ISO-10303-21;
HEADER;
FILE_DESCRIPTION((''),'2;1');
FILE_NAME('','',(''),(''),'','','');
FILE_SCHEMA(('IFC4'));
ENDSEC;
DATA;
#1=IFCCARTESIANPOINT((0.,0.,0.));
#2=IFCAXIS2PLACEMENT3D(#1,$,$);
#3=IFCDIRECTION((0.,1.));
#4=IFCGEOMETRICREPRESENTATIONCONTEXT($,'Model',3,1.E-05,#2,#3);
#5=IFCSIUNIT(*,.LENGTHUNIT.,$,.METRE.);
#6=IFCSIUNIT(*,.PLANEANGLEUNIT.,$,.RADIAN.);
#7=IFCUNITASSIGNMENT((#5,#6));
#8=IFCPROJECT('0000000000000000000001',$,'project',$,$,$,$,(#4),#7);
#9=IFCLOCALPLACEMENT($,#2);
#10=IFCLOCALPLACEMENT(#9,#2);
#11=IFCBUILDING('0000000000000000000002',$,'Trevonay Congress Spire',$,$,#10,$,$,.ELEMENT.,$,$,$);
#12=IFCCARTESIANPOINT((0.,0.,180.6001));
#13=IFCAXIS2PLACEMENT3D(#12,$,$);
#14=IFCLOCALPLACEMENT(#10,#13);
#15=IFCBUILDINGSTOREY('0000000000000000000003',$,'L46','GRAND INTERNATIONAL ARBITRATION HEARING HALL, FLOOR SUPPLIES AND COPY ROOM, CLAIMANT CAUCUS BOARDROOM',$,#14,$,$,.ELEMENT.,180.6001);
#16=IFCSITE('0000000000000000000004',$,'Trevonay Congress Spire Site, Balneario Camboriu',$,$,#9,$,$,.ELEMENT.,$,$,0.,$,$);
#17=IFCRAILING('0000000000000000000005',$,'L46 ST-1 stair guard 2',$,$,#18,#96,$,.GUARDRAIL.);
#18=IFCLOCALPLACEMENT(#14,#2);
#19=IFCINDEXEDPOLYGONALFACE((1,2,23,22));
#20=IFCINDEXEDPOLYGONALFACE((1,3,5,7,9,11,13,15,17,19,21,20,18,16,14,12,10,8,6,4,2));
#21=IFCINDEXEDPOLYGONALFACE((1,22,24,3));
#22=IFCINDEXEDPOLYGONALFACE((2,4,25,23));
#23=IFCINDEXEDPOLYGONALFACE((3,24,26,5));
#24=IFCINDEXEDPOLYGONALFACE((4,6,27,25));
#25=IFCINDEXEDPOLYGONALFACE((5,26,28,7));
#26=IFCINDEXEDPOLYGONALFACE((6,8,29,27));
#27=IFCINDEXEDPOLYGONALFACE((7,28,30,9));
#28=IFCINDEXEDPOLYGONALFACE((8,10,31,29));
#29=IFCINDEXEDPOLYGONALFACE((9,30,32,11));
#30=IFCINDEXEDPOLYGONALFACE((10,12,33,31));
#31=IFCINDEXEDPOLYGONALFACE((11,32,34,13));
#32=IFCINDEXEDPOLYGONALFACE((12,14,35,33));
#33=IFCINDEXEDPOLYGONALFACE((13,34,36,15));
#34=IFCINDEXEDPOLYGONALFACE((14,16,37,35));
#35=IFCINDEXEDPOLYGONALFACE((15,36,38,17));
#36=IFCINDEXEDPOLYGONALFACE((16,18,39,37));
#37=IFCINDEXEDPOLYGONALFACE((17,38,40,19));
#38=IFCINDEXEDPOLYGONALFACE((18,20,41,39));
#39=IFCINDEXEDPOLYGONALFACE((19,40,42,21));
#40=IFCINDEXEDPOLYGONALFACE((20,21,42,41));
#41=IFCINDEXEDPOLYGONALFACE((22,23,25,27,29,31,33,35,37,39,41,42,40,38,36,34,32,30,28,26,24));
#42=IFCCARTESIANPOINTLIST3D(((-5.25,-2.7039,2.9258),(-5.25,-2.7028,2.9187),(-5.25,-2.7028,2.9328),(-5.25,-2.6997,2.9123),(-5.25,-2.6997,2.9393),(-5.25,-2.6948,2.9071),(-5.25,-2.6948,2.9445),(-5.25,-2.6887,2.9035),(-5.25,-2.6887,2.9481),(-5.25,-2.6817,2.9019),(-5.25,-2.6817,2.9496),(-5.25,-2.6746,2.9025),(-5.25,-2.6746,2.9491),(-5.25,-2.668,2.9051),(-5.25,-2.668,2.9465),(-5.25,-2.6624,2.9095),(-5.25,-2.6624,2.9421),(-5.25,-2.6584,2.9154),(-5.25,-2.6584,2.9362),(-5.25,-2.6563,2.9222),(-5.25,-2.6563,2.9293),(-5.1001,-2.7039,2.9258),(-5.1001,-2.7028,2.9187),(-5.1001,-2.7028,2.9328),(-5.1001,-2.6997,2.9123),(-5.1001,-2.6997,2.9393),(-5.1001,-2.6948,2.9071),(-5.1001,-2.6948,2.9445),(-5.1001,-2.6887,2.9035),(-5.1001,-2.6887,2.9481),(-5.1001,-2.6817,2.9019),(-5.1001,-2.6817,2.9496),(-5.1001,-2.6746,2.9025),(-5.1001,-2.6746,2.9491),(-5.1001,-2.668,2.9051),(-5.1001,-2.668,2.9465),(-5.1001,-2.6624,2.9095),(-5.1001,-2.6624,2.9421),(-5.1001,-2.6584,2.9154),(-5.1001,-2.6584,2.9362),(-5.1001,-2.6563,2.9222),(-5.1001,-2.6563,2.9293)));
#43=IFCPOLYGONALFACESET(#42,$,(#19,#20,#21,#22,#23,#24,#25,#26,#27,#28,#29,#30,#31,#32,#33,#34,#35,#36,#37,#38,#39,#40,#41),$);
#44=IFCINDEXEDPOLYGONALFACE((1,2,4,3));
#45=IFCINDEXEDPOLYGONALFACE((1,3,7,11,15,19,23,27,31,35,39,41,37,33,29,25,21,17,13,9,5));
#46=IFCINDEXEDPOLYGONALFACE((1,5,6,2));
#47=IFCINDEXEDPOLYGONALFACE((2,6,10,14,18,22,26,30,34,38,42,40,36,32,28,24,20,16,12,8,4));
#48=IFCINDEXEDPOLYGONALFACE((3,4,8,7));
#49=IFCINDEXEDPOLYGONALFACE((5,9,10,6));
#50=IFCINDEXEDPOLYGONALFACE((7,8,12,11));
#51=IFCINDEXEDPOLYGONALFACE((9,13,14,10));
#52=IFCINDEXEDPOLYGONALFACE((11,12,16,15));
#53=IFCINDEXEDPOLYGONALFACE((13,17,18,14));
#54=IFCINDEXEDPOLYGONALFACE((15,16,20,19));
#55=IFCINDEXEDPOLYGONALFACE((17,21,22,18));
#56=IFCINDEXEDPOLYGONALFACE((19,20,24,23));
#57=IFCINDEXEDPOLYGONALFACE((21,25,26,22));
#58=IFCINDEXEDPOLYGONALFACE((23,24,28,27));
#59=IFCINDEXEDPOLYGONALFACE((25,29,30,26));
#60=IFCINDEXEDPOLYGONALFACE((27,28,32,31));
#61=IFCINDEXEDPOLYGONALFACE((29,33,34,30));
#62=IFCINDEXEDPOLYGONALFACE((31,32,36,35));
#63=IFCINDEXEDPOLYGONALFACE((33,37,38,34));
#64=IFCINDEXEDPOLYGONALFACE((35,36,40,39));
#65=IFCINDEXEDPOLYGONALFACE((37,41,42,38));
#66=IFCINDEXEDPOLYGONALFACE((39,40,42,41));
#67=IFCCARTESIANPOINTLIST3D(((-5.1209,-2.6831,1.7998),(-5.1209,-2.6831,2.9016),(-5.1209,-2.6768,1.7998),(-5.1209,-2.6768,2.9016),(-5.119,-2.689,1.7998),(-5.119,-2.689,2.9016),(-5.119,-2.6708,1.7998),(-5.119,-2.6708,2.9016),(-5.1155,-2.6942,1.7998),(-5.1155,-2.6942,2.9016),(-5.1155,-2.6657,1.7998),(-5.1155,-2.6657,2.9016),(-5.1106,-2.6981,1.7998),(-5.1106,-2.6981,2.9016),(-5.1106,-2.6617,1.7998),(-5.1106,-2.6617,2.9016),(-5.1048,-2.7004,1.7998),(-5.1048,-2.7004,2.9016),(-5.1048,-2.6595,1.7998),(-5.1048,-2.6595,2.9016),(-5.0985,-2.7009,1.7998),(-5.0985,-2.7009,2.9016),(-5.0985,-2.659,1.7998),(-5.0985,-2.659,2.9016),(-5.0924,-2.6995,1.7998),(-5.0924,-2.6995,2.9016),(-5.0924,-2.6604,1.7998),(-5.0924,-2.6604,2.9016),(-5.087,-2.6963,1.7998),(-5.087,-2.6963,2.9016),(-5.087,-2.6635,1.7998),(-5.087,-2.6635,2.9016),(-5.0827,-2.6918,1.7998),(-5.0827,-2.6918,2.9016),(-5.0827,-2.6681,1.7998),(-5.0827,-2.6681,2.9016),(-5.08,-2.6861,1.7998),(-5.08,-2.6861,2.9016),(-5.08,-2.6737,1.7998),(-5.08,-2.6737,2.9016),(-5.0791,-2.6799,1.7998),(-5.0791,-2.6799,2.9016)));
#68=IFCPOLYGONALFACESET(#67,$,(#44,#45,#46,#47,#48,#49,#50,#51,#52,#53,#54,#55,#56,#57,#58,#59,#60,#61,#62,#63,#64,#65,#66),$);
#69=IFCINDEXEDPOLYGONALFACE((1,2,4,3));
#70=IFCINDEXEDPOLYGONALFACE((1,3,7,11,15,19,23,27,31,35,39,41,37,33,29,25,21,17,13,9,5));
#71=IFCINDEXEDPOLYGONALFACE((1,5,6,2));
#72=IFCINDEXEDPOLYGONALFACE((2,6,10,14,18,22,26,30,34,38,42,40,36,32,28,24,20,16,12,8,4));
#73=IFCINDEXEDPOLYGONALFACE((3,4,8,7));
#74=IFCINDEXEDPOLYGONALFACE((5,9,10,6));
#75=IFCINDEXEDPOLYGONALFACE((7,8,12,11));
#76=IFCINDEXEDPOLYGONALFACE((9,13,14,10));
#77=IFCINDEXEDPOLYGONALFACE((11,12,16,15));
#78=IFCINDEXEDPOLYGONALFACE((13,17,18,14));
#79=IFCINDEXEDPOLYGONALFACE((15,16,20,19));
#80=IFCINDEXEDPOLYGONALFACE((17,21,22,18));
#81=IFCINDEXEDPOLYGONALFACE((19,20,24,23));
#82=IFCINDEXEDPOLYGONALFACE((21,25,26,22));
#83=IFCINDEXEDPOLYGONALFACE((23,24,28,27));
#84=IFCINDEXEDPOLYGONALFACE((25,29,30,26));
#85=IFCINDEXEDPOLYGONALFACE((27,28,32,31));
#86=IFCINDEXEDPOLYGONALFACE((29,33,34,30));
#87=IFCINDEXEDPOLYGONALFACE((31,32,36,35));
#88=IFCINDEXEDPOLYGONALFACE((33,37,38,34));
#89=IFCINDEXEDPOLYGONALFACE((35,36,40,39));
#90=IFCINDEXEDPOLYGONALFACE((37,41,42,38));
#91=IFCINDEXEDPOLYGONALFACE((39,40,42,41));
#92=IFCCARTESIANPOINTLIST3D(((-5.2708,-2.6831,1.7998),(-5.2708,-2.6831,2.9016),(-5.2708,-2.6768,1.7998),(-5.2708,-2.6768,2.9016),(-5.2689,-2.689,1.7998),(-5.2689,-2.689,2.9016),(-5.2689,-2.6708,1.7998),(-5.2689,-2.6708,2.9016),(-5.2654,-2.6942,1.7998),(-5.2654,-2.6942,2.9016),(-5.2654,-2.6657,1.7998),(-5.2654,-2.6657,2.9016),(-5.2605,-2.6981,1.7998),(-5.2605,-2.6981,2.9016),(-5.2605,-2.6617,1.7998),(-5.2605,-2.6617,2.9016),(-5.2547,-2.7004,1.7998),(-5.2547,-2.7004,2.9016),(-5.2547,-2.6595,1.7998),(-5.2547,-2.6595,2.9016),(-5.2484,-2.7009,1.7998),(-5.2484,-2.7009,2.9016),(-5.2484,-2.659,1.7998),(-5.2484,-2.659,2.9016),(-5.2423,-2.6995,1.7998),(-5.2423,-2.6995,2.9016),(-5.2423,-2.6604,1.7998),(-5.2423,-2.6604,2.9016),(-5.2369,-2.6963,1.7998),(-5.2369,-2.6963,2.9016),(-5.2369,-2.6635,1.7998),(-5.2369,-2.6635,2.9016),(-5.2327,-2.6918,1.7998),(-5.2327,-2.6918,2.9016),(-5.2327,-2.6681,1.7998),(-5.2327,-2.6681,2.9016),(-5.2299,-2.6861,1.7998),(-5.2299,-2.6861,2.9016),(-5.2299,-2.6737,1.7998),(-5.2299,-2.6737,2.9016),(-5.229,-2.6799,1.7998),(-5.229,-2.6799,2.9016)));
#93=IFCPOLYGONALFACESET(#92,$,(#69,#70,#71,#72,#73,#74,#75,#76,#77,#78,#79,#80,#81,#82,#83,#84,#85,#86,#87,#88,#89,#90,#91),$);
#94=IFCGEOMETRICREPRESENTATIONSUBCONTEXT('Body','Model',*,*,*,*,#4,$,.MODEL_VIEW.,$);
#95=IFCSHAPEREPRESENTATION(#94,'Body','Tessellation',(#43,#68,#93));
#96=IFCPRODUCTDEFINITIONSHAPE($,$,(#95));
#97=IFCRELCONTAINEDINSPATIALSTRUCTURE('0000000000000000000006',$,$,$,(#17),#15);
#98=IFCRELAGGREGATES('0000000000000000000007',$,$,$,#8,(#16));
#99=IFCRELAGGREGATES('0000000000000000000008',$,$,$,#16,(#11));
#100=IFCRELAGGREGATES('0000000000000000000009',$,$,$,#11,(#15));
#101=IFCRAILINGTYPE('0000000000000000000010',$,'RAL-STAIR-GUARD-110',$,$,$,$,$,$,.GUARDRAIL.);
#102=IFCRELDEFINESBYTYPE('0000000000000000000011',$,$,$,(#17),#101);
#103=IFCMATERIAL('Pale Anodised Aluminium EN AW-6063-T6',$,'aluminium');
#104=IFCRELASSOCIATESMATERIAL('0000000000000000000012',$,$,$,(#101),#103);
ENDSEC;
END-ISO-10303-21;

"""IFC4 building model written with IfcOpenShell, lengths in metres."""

from ifc_helpers import new_model, si_unit, direction, frame, origin, origin_2d, place, context, subcontext, project, spatial, circle, extrude, material, type_object, element, save


model = new_model("IFC4")

# Units and contexts
model_context = context("Model", 3, precision=1e-05, world=origin(), true_north=direction((0.0, 1.0)))
body_context = subcontext(model_context, "Body", "Model", "MODEL_VIEW")
ifc_project = project(units=[si_unit("LENGTHUNIT", "METRE"), si_unit("PLANEANGLEUNIT", "RADIAN")], contexts=[model_context])

# Site, building, storey
site_placement = place(None, origin())
site = spatial("IfcSite", under=ifc_project, at=site_placement, Name="Trevonay Congress Spire Site, Balneario Camboriu", CompositionType="ELEMENT", RefElevation=0.0)
building_placement = place(site_placement, origin())
building = spatial("IfcBuilding", under=site, at=building_placement, Name="Trevonay Congress Spire", CompositionType="ELEMENT")
storey_placement = place(building_placement, frame((0.0, 0.0, 180.6001)))
storey = spatial("IfcBuildingStorey", under=building, at=storey_placement, Name="L46", Description="GRAND INTERNATIONAL ARBITRATION HEARING HALL, FLOOR SUPPLIES AND COPY ROOM, CLAIMANT CAUCUS BOARDROOM", CompositionType="ELEMENT", Elevation=180.6001)

# Railing
ifc_material_1 = material(Name="Pale Anodised Aluminium EN AW-6063-T6", Category="aluminium")
railing_type_1 = type_object("IfcRailingType", Name="RAL-STAIR-GUARD-110", PredefinedType="GUARDRAIL", material=ifc_material_1)
railing_1_placement = place(storey_placement, frame((-5.1001, -2.6799, 1.7998)))
element("IfcRailing", 1, at=railing_1_placement, inside=storey, type_object=railing_type_1, Name="L46 ST-1 stair guard 2", PredefinedType="GUARDRAIL", context=body_context, shape_type="SweptSolid", body=[
    extrude(circle(Radius=0.0239, at=origin_2d()), frame((0.0, 0.0, 1.126), z_axis=(-1.0, 0.0, 0.0), x_axis=(0.0, -1.0, 0.0)), (0.0, 0.0, 1.0), 0.1499),
    extrude(circle(Radius=0.021, at=origin_2d()), origin(), (0.0, 0.0, 1.0), 1.1018),
    extrude(circle(Radius=0.021, at=origin_2d()), frame((-0.1499, 0.0, 0.0)), (0.0, 0.0, 1.0), 1.1018),
])

save(model, "model.ifc")
